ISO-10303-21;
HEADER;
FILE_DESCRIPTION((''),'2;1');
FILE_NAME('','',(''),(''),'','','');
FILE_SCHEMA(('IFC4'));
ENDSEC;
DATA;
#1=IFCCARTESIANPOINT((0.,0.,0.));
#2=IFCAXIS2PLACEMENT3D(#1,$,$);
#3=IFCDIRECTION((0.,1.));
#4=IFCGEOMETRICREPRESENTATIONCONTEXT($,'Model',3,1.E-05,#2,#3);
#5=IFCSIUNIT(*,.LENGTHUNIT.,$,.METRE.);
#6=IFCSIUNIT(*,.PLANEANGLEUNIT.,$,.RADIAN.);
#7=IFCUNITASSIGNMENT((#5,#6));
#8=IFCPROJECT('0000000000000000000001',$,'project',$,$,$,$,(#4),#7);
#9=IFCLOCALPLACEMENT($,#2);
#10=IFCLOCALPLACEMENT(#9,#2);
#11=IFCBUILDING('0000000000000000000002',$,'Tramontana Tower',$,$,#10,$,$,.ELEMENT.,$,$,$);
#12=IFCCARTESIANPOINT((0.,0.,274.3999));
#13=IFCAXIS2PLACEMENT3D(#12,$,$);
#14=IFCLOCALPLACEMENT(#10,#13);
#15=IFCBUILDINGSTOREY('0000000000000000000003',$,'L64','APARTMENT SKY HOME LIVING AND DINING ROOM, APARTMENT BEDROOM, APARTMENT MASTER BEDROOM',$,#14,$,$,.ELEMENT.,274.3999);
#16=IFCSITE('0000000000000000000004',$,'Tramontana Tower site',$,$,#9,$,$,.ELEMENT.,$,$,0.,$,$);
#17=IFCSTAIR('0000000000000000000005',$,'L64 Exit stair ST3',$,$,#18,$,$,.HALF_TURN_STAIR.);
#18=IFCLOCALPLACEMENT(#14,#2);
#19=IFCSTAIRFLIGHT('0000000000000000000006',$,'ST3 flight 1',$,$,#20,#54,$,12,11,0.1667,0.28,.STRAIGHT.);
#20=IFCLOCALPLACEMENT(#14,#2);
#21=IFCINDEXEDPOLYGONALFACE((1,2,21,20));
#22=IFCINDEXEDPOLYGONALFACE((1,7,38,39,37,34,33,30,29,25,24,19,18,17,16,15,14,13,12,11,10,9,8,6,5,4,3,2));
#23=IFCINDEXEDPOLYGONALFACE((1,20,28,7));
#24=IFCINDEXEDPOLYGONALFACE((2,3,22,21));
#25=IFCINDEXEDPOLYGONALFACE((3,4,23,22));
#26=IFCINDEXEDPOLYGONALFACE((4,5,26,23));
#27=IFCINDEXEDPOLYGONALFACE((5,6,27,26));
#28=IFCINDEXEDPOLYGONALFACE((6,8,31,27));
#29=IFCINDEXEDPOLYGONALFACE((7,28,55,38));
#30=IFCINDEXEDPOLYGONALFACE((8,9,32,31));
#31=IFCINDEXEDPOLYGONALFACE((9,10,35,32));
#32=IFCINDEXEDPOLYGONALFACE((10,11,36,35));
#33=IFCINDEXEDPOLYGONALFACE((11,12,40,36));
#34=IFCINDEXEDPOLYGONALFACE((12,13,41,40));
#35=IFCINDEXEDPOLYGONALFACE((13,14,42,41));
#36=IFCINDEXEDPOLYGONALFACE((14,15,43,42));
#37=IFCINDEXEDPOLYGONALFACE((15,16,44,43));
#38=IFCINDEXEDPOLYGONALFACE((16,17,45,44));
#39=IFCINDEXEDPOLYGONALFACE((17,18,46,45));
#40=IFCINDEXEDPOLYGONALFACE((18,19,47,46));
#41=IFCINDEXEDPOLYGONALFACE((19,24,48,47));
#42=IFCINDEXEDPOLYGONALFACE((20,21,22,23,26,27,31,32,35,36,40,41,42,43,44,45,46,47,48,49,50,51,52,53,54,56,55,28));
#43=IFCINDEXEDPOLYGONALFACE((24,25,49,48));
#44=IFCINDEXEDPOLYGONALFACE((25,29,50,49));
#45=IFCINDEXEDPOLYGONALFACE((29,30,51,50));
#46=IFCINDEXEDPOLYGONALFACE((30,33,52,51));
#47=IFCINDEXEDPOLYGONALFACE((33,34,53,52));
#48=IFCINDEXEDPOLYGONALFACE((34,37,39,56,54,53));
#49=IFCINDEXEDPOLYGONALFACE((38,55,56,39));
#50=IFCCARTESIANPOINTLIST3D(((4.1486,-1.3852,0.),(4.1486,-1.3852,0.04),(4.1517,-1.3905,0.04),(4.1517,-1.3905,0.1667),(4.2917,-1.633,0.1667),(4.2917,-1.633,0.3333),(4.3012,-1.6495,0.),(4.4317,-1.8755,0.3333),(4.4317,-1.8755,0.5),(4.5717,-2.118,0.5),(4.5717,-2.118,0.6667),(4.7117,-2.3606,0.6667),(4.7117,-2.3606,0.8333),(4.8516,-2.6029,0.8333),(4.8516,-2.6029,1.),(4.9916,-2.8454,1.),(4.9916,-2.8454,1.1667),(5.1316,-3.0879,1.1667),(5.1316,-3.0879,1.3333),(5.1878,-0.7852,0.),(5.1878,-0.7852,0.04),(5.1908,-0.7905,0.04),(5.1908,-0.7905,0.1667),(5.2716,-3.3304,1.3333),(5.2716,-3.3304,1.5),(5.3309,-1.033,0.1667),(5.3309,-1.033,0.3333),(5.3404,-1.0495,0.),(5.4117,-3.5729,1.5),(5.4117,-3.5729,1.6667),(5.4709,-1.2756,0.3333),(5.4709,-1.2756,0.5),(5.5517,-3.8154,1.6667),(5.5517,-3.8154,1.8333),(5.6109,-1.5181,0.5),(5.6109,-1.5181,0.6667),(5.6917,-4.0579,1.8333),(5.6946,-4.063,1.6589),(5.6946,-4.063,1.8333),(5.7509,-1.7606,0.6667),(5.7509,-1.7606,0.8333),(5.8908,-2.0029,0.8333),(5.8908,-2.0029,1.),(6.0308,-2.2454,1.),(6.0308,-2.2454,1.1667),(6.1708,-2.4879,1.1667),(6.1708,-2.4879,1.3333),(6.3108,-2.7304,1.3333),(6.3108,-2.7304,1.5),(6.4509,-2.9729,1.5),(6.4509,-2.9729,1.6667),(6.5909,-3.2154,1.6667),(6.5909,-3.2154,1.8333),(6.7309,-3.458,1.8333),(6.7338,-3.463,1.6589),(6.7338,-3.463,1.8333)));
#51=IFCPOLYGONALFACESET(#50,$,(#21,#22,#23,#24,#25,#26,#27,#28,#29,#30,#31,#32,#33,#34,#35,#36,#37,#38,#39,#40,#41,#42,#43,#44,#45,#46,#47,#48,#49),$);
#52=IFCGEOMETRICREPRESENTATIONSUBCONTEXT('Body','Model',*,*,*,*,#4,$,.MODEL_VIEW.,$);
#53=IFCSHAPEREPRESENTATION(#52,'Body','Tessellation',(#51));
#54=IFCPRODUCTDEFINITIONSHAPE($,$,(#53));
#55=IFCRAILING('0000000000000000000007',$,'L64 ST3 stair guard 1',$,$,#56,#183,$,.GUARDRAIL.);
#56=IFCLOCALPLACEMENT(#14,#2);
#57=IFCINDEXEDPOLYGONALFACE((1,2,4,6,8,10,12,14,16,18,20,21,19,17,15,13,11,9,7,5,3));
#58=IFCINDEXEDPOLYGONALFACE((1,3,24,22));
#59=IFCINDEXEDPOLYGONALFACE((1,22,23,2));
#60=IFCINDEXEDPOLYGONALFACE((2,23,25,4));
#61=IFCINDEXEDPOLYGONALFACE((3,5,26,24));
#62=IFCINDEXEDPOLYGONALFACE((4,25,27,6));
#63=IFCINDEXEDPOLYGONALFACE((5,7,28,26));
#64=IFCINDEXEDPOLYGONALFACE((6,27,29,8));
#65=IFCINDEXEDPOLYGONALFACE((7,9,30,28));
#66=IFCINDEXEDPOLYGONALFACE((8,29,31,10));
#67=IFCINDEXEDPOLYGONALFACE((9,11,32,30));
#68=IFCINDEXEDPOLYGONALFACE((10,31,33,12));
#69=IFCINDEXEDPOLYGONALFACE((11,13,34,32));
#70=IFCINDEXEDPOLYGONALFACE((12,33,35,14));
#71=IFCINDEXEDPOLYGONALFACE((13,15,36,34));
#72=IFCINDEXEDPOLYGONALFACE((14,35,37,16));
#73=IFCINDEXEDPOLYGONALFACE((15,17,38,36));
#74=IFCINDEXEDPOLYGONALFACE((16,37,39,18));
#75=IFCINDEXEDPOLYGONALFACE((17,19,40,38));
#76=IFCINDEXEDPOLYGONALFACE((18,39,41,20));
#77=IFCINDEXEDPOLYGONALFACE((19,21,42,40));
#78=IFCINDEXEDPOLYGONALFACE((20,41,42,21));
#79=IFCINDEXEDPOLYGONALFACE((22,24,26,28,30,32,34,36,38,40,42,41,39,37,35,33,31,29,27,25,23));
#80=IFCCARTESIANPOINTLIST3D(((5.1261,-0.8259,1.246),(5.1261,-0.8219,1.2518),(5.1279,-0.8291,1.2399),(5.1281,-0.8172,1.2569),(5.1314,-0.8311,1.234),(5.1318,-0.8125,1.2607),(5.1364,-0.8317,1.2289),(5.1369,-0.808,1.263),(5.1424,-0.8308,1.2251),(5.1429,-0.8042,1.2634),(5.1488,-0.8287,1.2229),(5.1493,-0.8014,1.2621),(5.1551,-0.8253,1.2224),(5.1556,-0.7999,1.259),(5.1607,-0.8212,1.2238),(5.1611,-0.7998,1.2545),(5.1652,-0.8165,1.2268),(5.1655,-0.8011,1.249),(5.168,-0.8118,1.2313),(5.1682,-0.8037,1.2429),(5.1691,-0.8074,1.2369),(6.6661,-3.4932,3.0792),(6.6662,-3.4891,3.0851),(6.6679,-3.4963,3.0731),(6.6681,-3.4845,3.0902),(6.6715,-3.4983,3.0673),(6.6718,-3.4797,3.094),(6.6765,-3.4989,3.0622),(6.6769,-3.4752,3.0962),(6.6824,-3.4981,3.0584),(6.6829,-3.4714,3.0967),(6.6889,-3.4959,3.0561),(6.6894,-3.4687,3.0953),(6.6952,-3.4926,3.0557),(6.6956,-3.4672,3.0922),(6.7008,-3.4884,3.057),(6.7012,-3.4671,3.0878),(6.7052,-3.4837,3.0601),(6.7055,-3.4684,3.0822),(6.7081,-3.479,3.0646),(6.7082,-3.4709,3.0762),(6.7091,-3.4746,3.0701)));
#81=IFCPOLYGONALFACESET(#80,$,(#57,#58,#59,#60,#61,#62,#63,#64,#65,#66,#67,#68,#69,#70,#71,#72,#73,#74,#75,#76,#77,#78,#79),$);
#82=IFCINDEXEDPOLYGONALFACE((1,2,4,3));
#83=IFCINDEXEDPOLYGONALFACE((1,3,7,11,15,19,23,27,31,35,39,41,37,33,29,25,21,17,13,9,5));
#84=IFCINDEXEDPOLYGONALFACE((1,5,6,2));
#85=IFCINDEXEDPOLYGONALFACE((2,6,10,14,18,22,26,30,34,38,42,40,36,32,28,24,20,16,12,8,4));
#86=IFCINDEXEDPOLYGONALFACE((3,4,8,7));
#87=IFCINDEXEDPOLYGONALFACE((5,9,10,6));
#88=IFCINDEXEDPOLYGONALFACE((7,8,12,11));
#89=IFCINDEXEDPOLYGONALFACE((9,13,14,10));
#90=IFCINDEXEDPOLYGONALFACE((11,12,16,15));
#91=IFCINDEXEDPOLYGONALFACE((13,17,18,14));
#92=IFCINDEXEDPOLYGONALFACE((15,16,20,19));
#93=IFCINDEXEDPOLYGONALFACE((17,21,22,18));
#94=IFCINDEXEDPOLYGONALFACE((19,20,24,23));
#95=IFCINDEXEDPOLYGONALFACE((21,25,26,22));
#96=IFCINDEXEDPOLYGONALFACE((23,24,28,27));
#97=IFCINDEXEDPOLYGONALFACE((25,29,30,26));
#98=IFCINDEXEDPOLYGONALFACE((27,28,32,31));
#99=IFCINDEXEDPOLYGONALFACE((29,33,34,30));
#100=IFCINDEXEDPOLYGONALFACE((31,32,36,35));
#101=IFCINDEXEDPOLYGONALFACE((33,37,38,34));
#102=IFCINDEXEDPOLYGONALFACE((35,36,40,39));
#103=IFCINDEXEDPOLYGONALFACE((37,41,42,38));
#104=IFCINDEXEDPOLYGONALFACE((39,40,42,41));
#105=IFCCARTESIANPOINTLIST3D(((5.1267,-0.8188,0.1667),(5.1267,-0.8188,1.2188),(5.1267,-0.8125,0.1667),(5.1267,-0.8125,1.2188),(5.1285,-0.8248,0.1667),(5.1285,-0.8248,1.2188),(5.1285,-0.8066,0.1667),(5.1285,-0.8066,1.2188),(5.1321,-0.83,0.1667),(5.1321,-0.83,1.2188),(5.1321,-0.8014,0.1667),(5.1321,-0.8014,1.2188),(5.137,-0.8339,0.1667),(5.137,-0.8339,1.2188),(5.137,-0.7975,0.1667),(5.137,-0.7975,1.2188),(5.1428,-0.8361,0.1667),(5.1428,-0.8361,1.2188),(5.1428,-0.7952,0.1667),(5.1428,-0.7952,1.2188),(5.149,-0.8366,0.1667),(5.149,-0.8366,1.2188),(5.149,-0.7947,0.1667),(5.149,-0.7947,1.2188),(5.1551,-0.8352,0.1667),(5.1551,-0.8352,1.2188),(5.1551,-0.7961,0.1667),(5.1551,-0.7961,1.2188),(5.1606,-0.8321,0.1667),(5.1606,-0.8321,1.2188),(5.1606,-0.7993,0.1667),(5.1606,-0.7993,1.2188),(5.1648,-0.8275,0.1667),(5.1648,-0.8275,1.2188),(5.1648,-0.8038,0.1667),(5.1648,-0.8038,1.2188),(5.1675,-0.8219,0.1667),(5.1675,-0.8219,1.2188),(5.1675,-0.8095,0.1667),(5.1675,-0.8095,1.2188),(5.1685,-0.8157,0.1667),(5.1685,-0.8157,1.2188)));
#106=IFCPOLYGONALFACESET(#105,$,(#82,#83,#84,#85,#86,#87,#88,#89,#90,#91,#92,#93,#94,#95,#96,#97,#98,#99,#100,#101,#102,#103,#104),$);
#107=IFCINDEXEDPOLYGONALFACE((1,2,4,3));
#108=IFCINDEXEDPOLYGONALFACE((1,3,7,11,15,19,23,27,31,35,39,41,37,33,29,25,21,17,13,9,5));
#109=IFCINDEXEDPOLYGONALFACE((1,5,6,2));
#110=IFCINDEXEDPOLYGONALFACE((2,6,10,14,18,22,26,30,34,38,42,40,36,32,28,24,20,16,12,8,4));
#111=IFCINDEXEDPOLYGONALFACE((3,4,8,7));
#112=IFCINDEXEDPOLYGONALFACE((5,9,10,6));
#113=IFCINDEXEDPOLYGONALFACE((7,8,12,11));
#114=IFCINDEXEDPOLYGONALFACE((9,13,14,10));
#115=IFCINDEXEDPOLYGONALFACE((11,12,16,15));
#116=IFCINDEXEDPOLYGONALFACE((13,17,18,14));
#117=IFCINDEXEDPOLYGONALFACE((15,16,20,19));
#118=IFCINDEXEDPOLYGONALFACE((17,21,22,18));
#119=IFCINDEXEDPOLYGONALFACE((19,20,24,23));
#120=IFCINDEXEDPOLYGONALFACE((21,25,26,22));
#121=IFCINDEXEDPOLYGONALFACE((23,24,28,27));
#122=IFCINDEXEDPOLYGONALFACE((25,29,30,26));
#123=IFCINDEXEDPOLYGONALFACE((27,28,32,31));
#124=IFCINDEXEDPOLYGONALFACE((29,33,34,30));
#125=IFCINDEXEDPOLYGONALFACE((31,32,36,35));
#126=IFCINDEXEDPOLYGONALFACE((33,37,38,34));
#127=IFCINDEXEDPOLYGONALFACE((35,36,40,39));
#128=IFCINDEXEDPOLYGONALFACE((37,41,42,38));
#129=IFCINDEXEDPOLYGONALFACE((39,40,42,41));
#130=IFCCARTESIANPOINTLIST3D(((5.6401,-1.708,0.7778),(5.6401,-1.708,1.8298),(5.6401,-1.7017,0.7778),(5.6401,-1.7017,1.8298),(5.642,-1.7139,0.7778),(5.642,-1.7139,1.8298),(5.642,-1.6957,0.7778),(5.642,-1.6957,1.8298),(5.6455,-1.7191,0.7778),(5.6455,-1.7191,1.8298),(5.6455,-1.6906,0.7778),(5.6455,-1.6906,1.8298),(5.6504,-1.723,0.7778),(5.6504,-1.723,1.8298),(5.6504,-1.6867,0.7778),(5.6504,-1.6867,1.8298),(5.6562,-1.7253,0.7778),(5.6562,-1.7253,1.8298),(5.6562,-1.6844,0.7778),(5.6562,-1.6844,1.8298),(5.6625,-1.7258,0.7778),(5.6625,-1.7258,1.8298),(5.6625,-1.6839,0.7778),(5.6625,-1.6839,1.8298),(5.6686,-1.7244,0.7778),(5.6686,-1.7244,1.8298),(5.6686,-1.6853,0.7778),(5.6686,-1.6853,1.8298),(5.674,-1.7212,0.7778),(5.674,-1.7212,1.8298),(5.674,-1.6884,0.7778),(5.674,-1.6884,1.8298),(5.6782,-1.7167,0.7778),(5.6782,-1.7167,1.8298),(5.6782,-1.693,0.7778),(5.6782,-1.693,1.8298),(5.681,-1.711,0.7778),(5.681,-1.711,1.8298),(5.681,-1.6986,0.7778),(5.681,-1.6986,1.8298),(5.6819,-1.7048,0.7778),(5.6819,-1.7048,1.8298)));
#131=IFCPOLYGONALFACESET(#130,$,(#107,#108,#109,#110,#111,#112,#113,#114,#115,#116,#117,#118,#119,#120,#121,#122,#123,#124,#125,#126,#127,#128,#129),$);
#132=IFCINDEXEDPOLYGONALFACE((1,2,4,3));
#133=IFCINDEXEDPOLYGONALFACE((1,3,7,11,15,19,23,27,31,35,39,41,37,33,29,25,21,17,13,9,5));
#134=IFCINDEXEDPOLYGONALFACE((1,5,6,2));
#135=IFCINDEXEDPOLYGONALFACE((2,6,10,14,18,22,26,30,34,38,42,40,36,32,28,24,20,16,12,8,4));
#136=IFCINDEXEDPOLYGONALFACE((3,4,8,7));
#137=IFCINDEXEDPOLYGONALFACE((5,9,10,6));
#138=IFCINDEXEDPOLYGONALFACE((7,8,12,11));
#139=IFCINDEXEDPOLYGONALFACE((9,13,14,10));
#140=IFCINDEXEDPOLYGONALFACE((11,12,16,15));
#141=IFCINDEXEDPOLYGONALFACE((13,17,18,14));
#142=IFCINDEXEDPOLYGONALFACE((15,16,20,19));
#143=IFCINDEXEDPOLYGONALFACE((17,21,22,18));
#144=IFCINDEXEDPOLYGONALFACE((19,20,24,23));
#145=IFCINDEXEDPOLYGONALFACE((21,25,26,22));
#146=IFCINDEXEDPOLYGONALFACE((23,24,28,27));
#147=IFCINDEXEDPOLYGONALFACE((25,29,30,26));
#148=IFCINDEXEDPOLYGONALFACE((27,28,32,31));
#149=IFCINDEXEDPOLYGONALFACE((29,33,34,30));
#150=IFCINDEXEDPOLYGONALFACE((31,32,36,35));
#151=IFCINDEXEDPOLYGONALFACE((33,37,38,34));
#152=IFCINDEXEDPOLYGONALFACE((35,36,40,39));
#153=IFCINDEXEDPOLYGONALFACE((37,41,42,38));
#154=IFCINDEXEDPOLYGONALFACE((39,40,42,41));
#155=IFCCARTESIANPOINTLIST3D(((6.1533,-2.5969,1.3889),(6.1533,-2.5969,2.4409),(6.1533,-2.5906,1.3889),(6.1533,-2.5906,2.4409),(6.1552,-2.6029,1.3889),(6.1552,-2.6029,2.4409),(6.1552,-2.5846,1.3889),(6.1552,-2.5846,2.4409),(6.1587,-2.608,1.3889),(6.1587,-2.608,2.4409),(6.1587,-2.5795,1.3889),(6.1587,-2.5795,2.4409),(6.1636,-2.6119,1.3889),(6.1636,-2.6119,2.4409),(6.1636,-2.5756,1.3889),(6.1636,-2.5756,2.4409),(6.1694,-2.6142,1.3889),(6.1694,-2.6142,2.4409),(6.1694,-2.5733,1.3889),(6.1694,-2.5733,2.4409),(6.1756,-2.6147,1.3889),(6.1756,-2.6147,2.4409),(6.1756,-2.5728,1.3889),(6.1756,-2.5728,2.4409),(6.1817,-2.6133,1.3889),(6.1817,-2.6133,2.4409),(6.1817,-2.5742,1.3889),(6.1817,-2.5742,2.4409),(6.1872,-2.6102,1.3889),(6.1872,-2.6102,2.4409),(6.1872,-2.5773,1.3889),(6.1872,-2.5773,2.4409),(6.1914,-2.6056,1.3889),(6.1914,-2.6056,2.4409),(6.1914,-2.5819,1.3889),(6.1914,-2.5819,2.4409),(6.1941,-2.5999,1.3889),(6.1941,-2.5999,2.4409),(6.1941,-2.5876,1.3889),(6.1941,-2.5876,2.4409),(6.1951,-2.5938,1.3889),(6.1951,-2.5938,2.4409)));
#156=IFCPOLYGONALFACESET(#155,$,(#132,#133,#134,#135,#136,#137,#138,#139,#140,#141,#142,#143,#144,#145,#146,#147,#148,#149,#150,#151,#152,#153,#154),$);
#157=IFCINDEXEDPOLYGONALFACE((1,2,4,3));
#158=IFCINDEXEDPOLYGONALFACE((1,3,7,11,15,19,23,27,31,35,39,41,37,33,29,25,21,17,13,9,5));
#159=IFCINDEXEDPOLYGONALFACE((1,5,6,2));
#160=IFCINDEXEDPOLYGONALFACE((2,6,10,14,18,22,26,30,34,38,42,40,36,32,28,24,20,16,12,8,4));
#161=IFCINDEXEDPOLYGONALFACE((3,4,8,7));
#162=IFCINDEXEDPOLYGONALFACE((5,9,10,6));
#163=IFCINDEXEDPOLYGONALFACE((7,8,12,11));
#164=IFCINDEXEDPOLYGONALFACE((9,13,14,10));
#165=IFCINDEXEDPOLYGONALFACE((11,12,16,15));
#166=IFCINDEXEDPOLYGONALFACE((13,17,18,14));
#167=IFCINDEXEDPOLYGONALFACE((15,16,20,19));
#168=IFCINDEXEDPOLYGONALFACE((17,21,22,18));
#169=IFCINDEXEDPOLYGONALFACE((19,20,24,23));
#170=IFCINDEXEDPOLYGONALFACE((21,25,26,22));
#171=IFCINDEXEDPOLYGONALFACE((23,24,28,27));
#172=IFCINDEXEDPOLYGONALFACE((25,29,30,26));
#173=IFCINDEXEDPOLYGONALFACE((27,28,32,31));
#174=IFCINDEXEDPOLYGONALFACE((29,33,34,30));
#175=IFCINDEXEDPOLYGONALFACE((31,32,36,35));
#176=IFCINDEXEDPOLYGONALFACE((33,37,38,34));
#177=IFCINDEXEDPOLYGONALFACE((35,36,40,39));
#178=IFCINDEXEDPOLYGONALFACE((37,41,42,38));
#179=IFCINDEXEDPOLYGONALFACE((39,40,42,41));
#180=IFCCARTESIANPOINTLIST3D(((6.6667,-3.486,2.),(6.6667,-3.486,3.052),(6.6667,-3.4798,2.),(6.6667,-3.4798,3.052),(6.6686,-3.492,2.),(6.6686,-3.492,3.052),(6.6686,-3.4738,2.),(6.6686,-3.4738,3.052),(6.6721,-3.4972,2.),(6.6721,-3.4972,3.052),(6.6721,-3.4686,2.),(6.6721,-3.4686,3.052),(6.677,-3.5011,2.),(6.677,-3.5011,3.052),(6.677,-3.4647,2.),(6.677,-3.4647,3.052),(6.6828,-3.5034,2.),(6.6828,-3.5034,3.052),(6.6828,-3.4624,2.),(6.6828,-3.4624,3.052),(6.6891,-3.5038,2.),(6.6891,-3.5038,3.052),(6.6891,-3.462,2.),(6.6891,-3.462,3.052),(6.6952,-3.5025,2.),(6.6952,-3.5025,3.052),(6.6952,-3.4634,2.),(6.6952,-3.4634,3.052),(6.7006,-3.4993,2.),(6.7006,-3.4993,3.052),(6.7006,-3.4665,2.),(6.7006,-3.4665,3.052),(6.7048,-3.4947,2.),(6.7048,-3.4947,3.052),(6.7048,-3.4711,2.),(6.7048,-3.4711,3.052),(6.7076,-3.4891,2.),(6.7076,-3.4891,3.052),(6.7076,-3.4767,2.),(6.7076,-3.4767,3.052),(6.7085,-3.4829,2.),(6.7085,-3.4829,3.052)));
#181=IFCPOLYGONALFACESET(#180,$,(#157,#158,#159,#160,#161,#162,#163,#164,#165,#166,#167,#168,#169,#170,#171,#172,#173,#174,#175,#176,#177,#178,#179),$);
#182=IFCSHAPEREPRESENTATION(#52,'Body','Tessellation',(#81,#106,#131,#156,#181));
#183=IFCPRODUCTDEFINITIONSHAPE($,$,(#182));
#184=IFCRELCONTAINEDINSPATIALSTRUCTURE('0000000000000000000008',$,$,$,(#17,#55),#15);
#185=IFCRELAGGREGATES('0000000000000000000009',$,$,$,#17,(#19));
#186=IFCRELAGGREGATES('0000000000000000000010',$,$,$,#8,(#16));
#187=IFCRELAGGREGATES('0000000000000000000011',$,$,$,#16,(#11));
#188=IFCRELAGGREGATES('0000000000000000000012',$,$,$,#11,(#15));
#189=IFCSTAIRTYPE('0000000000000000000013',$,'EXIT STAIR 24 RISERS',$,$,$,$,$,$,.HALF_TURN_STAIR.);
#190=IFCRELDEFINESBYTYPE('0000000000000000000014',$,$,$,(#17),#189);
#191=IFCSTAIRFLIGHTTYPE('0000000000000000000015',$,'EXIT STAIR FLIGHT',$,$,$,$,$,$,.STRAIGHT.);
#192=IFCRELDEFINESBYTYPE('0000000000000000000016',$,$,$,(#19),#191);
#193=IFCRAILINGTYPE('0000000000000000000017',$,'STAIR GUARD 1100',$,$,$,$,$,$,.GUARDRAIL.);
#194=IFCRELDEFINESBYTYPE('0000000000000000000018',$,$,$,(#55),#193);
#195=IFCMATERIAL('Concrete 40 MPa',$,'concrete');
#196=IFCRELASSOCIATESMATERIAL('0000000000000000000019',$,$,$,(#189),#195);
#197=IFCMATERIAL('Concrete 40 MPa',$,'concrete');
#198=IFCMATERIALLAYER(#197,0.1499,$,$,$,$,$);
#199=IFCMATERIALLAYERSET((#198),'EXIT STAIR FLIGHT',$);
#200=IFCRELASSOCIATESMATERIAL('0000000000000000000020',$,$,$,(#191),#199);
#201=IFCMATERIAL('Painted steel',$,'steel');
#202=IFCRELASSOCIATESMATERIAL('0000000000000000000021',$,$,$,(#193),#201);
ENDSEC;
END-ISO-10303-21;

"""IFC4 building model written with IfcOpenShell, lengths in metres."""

from ifc_helpers import new_model, si_unit, direction, frame, origin, origin_2d, place, context, subcontext, project, spatial, polyline, circle, outline, extrude, material, layer, layer_set, type_object, element, aggregate, save


model = new_model("IFC4")

# Units and contexts
model_context = context("Model", 3, precision=1e-05, world=origin(), true_north=direction((0.0, 1.0)))
body_context = subcontext(model_context, "Body", "Model", "MODEL_VIEW")
ifc_project = project(units=[si_unit("LENGTHUNIT", "METRE"), si_unit("PLANEANGLEUNIT", "RADIAN")], contexts=[model_context])

# Site, building, storey
site_placement = place(None, origin())
site = spatial("IfcSite", under=ifc_project, at=site_placement, Name="Tramontana Tower site", CompositionType="ELEMENT", RefElevation=0.0)
building_placement = place(site_placement, origin())
building = spatial("IfcBuilding", under=site, at=building_placement, Name="Tramontana Tower", CompositionType="ELEMENT")
storey_placement = place(building_placement, frame((0.0, 0.0, 274.3999)))
storey = spatial("IfcBuildingStorey", under=building, at=storey_placement, Name="L64", Description="APARTMENT SKY HOME LIVING AND DINING ROOM, APARTMENT BEDROOM, APARTMENT MASTER BEDROOM", CompositionType="ELEMENT", Elevation=274.3999)

# Shared definitions
ifc_material_1 = material(Name="Concrete 40 MPa", Category="concrete")
stair_type = type_object("IfcStairType", Name="EXIT STAIR 24 RISERS", PredefinedType="HALF_TURN_STAIR", material=ifc_material_1)

# Stair, stair flight
stair_1_placement = place(storey_placement, origin())
stair_1 = element("IfcStair", 1, at=stair_1_placement, inside=storey, type_object=stair_type, Name="L64 Exit stair ST3", PredefinedType="HALF_TURN_STAIR")
ifc_material_2 = material(Name="Concrete 40 MPa", Category="concrete")
ifc_layer_1 = layer(ifc_material_2, 0.1499)
ifc_layer_set_1 = layer_set([ifc_layer_1], Name="EXIT STAIR FLIGHT")
stair_flight_type = type_object("IfcStairFlightType", Name="EXIT STAIR FLIGHT", PredefinedType="STRAIGHT", material=ifc_layer_set_1)
stair_flight_placement = place(storey_placement, frame((4.6711, -1.0906, 0.0), z_axis=(0.0, 0.0, 1.0), x_axis=(0.5, -0.866025, 0.0)))
stair_flight = element("IfcStairFlight", 2, at=stair_flight_placement, type_object=stair_flight_type, Name="ST3 flight 1", NumberOfRisers=12, NumberOfTreads=11, PredefinedType="STRAIGHT", RiserHeight=0.1667, TreadLength=0.28, context=body_context, shape_type="SweptSolid", body=[
    extrude(outline(polyline([(-0.0061, 0.0), (-0.0061, 0.04), (0.0, 0.04), (0.0, 0.1667), (0.28, 0.1667), (0.28, 0.3333), (0.5601, 0.3333), (0.5601, 0.5), (0.8401, 0.5), (0.8401, 0.6667), (1.1201, 0.6667), (1.1201, 0.8333), (1.3999, 0.8333), (1.3999, 1.0), (1.6799, 1.0), (1.6799, 1.1667), (1.96, 1.1667), (1.96, 1.3333), (2.24, 1.3333), (2.24, 1.5), (2.52, 1.5), (2.52, 1.6667), (2.8, 1.6667), (2.8, 1.8333), (3.0801, 1.8333), (3.0859, 1.8333), (3.0859, 1.6589), (0.2991, 0.0), (-0.0061, 0.0)])), frame((0.0, 0.6001, 0.0), z_axis=(0.0, -1.0, 0.0), x_axis=(1.0, 0.0, 0.0)), (0.0, 0.0, 1.0), 1.2),
])
aggregate(stair_1, [stair_flight])

# Railing
ifc_material_3 = material(Name="Painted steel", Category="steel")
railing_type_1 = type_object("IfcRailingType", Name="STAIR GUARD 1100", PredefinedType="GUARDRAIL", material=ifc_material_3)
railing_1_placement = place(storey_placement, frame((5.1475, -0.8157, 0.1667)))
element("IfcRailing", 3, at=railing_1_placement, inside=storey, type_object=railing_type_1, Name="L64 ST3 stair guard 1", PredefinedType="GUARDRAIL", context=body_context, shape_type="SweptSolid", body=[
    extrude(circle(Radius=0.0239, at=origin_2d()), frame((0.0, 0.0, 1.0762), z_axis=(0.429671, -0.744159, 0.511478), x_axis=(0.86601, 0.500027, 0.0)), (0.0, 0.0, 1.0), 3.5842),
    extrude(circle(Radius=0.021, at=origin_2d()), origin(), (0.0, 0.0, 1.0), 1.052),
    extrude(circle(Radius=0.021, at=origin_2d()), frame((0.5134, -0.8892, 0.6111)), (0.0, 0.0, 1.0), 1.052),
    extrude(circle(Radius=0.021, at=origin_2d()), frame((1.0266, -1.7781, 1.2222)), (0.0, 0.0, 1.0), 1.052),
    extrude(circle(Radius=0.021, at=origin_2d()), frame((1.54, -2.6672, 1.8333)), (0.0, 0.0, 1.0), 1.052),
])

save(model, "model.ifc")
